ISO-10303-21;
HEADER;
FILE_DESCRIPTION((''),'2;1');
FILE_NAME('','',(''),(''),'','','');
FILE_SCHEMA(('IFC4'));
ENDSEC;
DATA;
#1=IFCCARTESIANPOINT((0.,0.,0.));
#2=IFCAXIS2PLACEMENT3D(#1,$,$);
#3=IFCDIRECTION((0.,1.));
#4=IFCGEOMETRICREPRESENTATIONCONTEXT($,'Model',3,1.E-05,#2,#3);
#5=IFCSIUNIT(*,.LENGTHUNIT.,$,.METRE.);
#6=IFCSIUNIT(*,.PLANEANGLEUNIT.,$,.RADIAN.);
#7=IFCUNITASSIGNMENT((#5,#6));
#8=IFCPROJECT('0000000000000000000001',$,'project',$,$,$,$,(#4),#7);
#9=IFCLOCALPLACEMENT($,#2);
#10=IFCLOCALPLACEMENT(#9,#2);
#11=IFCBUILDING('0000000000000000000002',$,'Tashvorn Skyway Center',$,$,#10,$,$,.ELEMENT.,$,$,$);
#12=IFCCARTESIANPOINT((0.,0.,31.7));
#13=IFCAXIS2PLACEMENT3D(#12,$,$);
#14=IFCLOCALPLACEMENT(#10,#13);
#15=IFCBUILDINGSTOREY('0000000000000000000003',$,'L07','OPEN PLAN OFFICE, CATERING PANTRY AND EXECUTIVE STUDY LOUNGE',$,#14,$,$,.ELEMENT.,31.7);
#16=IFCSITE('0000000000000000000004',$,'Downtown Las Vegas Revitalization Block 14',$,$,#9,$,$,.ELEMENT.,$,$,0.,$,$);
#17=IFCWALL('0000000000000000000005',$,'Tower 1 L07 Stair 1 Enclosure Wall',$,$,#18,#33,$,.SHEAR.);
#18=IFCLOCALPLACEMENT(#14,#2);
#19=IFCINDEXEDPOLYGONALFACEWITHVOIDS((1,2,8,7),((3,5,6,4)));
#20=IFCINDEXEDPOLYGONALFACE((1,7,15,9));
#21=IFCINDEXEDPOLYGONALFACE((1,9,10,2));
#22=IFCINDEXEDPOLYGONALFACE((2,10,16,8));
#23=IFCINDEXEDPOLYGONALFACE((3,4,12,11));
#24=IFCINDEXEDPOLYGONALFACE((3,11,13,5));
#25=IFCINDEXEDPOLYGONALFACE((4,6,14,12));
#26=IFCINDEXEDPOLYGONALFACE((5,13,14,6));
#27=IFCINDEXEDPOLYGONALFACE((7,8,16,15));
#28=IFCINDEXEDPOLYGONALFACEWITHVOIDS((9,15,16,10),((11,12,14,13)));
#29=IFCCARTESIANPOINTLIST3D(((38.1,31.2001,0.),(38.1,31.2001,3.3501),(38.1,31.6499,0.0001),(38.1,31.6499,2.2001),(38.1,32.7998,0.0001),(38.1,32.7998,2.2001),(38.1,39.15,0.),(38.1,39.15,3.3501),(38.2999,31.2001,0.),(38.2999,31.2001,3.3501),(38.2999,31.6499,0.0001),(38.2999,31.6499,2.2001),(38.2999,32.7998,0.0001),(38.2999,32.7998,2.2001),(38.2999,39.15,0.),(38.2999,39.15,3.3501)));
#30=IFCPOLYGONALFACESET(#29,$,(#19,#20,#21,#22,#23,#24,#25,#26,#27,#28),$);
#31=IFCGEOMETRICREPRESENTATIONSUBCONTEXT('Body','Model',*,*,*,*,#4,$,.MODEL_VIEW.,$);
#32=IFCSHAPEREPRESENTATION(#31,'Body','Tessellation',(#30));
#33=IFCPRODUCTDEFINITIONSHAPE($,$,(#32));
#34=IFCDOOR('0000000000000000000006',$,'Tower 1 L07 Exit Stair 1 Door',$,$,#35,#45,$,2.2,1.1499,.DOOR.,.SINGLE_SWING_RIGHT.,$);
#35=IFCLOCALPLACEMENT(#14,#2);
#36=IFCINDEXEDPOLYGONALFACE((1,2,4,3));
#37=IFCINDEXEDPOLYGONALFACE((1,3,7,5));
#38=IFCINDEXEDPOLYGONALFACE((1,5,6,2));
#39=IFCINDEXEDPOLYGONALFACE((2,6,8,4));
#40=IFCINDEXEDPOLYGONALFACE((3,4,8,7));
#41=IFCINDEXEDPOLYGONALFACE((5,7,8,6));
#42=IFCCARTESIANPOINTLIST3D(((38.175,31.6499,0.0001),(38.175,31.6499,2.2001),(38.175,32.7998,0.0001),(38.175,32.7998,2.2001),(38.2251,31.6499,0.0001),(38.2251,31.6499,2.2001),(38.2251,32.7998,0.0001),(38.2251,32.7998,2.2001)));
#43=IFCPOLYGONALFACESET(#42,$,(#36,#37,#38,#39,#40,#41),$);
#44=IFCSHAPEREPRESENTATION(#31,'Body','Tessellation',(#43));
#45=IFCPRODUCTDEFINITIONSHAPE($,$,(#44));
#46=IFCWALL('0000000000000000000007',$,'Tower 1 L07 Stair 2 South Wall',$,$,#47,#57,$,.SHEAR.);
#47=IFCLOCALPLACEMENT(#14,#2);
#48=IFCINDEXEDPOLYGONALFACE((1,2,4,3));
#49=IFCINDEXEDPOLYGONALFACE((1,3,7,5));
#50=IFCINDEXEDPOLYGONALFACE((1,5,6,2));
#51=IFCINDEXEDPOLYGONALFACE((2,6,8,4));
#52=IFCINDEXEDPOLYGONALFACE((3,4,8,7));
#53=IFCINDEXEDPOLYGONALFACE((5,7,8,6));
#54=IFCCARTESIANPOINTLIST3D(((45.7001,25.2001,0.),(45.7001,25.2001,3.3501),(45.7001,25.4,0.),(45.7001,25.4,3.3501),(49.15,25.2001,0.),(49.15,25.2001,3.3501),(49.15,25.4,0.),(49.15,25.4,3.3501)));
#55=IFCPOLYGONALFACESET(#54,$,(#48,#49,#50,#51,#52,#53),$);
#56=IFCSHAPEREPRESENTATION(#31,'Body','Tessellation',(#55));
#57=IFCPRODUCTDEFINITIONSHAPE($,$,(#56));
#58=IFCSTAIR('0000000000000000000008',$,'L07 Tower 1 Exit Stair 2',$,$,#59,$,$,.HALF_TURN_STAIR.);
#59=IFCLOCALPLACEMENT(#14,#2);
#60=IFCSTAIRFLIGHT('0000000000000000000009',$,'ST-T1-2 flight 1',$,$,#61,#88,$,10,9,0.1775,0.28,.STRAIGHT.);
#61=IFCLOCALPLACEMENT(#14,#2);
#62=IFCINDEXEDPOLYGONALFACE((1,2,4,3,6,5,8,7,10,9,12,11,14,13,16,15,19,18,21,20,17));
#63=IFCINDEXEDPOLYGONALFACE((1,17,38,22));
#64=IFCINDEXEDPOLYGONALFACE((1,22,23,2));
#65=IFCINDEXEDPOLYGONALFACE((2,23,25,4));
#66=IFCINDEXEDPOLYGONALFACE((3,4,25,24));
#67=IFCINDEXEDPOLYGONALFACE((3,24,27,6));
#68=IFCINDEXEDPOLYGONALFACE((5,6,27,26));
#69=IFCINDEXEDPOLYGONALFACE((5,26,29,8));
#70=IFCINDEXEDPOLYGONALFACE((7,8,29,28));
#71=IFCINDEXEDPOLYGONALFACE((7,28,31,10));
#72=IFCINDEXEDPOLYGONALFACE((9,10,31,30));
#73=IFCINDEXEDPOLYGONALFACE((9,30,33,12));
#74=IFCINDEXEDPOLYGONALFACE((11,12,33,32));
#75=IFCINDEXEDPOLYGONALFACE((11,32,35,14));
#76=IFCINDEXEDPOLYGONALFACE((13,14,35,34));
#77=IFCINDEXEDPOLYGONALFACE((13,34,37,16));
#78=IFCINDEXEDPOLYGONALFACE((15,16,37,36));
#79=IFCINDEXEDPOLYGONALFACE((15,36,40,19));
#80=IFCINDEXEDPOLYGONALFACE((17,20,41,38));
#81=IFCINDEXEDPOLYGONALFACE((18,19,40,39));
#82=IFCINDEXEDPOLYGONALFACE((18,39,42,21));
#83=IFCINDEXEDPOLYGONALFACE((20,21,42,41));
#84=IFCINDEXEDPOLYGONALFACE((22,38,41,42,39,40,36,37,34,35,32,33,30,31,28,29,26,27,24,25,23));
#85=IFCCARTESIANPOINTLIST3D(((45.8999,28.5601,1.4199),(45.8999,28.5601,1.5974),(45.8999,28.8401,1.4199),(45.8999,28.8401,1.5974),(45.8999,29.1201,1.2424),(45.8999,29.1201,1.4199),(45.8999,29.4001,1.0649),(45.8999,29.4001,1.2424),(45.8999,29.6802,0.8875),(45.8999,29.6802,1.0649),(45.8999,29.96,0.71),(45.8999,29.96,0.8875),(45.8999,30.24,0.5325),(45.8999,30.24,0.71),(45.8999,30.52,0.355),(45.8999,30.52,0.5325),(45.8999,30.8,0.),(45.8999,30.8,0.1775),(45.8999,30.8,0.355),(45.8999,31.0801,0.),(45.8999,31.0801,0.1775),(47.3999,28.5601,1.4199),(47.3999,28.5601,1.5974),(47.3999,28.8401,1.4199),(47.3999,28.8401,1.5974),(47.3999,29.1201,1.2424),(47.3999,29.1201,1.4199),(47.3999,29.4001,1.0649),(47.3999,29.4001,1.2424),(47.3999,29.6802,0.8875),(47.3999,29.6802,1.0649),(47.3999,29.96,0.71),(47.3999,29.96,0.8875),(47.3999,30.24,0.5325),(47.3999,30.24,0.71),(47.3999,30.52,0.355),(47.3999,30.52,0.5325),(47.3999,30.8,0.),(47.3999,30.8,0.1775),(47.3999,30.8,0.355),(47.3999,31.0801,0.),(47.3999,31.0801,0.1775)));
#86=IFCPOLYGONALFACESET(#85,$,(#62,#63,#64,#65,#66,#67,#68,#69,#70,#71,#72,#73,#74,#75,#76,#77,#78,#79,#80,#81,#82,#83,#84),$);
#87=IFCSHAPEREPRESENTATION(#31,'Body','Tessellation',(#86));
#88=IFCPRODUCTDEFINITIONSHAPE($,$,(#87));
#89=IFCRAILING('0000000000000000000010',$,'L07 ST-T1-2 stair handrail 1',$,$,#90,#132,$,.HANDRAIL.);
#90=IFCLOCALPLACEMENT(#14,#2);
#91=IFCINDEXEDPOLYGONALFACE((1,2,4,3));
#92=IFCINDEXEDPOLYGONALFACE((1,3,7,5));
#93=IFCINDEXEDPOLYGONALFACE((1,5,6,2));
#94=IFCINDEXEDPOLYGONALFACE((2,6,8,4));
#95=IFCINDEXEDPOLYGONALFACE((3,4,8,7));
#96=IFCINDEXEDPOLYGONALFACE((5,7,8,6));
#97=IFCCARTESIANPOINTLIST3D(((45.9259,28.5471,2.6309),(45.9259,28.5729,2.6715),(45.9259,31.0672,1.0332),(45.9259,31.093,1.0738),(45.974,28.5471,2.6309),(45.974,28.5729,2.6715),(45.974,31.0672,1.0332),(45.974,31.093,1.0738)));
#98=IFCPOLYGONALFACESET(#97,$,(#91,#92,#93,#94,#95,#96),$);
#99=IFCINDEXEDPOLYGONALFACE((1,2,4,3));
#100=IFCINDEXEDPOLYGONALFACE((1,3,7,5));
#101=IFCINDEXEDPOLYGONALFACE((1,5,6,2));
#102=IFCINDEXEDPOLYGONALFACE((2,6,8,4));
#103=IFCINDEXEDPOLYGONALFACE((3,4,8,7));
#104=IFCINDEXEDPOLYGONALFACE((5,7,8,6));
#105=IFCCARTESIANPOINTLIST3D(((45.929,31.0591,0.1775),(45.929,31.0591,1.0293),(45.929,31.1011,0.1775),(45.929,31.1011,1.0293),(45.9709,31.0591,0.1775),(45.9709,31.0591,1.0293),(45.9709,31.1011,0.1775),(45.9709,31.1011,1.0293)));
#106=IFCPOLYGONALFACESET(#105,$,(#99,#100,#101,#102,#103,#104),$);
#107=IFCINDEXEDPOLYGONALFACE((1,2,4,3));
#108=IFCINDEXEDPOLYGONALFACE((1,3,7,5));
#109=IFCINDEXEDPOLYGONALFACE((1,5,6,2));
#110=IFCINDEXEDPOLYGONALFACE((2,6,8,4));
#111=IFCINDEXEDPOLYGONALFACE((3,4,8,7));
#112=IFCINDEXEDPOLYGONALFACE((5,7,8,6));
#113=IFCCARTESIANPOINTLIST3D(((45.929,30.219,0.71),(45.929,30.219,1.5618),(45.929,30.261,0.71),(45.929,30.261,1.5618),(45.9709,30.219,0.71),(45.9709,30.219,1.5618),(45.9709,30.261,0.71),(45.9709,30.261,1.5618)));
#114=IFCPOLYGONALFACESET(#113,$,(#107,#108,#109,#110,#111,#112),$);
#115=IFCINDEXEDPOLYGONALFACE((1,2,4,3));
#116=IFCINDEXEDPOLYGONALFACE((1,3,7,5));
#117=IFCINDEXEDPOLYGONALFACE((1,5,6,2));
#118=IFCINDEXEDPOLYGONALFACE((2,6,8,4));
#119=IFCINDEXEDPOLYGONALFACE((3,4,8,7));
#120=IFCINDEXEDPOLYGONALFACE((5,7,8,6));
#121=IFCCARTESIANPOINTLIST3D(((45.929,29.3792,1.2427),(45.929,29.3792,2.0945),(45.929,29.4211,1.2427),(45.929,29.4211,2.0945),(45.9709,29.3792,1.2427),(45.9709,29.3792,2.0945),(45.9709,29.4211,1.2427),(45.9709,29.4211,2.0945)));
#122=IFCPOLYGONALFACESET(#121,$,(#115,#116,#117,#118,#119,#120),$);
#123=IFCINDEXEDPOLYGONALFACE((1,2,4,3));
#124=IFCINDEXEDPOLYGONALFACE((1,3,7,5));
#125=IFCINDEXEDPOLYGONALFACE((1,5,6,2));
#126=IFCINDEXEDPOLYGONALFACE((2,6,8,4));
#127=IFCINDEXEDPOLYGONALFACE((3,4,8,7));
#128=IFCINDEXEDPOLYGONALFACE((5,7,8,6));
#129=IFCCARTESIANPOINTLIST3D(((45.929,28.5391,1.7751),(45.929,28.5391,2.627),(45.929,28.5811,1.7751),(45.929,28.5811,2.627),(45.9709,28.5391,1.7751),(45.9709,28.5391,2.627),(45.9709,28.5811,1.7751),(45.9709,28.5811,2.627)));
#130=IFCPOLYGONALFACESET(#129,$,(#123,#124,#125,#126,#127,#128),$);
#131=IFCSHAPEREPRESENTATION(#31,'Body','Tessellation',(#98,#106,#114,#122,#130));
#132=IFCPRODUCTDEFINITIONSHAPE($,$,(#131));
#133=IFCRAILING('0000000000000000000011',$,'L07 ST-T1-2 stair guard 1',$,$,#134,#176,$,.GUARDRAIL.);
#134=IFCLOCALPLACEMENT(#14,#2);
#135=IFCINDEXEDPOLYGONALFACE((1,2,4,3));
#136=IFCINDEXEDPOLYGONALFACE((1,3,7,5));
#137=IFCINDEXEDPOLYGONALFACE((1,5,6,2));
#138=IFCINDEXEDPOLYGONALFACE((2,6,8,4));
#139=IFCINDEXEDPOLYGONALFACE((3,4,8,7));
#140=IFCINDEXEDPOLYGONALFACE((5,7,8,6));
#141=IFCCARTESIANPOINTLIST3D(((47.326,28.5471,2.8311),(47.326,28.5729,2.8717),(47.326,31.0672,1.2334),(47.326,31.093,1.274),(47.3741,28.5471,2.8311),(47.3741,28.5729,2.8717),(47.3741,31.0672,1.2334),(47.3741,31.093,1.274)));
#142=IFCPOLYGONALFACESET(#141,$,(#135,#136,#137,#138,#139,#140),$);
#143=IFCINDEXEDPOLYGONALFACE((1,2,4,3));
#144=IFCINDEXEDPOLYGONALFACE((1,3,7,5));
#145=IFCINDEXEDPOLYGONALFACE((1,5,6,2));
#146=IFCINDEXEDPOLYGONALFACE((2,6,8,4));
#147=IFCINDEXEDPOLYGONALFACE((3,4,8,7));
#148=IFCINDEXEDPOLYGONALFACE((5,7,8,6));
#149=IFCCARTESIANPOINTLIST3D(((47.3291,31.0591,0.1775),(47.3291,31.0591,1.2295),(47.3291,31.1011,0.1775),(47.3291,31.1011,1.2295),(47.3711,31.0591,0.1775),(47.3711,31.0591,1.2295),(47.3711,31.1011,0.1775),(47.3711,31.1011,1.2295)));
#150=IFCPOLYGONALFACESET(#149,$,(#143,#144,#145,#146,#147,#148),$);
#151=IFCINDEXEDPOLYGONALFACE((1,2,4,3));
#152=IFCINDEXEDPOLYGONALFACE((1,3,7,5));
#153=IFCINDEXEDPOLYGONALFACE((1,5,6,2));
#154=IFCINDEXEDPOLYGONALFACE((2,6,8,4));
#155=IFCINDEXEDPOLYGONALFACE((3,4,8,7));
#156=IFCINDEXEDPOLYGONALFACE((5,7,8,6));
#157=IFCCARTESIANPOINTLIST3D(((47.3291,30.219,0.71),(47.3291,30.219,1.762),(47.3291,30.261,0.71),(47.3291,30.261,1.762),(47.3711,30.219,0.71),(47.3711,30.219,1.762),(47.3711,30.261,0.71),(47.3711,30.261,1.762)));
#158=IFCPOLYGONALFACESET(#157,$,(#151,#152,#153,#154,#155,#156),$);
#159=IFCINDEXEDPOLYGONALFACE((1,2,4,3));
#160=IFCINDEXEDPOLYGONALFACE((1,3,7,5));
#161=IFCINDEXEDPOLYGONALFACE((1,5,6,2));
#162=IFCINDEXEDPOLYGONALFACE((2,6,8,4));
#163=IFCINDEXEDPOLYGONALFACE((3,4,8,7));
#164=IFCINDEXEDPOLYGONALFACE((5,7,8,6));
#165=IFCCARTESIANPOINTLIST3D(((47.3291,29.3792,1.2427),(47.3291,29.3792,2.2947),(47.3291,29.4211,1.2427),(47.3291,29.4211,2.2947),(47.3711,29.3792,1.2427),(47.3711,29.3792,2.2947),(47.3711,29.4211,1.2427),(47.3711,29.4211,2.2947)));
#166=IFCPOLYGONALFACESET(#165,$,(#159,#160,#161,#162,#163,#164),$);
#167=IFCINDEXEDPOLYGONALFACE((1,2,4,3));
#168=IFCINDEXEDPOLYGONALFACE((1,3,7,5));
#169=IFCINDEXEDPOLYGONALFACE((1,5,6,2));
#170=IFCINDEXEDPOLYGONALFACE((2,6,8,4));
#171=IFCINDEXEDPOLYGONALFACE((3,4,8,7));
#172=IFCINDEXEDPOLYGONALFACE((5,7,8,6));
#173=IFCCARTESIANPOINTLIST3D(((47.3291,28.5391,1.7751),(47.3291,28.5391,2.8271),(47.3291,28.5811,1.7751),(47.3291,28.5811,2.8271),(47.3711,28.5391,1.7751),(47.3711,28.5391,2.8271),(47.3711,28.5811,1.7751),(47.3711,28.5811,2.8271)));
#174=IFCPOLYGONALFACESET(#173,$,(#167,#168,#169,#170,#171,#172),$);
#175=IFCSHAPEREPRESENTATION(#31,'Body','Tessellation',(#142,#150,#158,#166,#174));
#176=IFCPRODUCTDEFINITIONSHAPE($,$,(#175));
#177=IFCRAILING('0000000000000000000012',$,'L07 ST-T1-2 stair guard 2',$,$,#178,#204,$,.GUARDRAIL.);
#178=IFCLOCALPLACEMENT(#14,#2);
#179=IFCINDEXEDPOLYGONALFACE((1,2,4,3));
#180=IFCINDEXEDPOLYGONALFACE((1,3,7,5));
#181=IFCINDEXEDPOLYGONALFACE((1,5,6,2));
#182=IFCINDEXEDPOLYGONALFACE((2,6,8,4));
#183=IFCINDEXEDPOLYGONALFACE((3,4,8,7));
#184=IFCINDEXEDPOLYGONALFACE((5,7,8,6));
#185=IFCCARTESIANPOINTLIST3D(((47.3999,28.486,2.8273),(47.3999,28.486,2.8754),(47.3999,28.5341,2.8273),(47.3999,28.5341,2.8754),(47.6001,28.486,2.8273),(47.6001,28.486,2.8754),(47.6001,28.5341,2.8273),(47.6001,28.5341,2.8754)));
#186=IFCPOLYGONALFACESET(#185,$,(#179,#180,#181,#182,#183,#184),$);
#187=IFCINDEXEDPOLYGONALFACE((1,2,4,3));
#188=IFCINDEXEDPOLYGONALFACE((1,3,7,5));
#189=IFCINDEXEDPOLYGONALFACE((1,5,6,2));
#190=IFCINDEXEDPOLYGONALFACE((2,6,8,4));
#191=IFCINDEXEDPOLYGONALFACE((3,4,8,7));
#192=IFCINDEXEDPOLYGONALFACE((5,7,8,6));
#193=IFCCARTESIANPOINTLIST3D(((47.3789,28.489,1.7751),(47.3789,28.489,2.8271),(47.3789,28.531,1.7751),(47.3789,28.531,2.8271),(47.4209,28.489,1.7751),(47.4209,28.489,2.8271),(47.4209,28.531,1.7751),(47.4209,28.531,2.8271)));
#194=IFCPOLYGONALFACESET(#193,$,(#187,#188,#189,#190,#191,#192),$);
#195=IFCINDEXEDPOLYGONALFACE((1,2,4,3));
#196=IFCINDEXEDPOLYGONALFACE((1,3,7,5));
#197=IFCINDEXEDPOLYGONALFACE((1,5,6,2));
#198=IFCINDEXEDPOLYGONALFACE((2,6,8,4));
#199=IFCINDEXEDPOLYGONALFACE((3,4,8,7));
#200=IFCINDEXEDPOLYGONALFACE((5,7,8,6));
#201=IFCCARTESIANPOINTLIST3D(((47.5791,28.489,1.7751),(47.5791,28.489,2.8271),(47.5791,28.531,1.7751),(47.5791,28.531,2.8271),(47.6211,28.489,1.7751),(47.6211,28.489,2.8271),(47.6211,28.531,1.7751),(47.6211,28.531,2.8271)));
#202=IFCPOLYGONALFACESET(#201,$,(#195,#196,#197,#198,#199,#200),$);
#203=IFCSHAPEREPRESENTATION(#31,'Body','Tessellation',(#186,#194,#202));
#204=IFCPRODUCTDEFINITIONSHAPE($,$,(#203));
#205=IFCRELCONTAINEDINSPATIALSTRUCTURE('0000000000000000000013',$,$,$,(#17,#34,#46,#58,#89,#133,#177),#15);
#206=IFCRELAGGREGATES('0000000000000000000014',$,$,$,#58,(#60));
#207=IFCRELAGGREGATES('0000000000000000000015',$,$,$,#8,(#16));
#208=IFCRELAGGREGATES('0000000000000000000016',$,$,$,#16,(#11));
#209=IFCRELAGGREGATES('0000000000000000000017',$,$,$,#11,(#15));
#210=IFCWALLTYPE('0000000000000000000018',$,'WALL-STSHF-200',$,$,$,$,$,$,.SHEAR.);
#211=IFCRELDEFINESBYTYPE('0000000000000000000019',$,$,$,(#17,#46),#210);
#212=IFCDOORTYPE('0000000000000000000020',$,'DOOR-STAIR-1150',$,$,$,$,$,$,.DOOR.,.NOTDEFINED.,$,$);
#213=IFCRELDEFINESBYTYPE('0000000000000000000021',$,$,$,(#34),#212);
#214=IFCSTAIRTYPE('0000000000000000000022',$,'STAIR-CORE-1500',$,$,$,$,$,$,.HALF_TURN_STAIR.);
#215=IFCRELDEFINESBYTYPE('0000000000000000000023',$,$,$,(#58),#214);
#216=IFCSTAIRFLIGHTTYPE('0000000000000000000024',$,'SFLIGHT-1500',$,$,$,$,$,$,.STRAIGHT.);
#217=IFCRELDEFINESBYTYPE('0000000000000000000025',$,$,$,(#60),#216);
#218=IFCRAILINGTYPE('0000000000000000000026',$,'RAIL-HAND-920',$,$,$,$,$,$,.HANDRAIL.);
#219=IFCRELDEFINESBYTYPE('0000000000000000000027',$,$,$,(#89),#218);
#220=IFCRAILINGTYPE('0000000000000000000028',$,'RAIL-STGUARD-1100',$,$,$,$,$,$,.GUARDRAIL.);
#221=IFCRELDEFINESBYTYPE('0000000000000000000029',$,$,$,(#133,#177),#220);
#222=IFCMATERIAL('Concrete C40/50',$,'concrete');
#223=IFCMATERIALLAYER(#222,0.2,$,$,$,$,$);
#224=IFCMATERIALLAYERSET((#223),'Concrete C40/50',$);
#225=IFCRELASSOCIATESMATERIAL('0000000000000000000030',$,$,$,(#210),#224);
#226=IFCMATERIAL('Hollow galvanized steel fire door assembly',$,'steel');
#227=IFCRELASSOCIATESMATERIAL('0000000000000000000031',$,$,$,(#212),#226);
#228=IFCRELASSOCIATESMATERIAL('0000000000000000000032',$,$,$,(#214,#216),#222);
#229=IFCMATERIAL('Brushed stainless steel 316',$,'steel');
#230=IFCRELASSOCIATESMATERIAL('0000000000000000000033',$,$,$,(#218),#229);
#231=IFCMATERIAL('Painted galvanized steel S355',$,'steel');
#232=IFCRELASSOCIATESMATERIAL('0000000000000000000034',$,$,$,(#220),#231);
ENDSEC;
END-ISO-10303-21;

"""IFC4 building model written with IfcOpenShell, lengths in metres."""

from ifc_helpers import new_model, si_unit, direction, frame, frame_2d, origin, origin_2d, place, context, subcontext, project, spatial, polyline, rectangle, outline, extrude, material, layer, layer_set, type_object, element, fill, aggregate, save


model = new_model("IFC4")

# Units and contexts
model_context = context("Model", 3, precision=1e-05, world=origin(), true_north=direction((0.0, 1.0)))
body_context = subcontext(model_context, "Body", "Model", "MODEL_VIEW")
ifc_project = project(units=[si_unit("LENGTHUNIT", "METRE"), si_unit("PLANEANGLEUNIT", "RADIAN")], contexts=[model_context])

# Site, building, storey
site_placement = place(None, origin())
site = spatial("IfcSite", under=ifc_project, at=site_placement, Name="Downtown Las Vegas Revitalization Block 14", CompositionType="ELEMENT", RefElevation=0.0)
building_placement = place(site_placement, origin())
building = spatial("IfcBuilding", under=site, at=building_placement, Name="Tashvorn Skyway Center", CompositionType="ELEMENT")
storey_placement = place(building_placement, frame((0.0, 0.0, 31.7)))
storey = spatial("IfcBuildingStorey", under=building, at=storey_placement, Name="L07", Description="OPEN PLAN OFFICE, CATERING PANTRY AND EXECUTIVE STUDY LOUNGE", CompositionType="ELEMENT", Elevation=31.7)

# Shared definitions
ifc_material_1 = material(Name="Concrete C40/50", Category="concrete")
ifc_material_2 = material(Name="Hollow galvanized steel fire door assembly", Category="steel")

# Wall, opening, door
ifc_layer_1 = layer(ifc_material_1, 0.2)
ifc_layer_set_1 = layer_set([ifc_layer_1], Name="Concrete C40/50")
wall_type_1 = type_object("IfcWallType", Name="WALL-STSHF-200", PredefinedType="SHEAR", material=ifc_layer_set_1)
wall_1_placement = place(storey_placement, frame((38.2, 31.2, 0.0), z_axis=(0.0, 0.0, 1.0), x_axis=(0.0, 1.0, 0.0)))
wall_1 = element("IfcWall", 1, at=wall_1_placement, inside=storey, type_object=wall_type_1, Name="Tower 1 L07 Stair 1 Enclosure Wall", PredefinedType="SHEAR", context=body_context, shape_type="SweptSolid", body=[
    extrude(rectangle(XDim=7.95, YDim=0.2, at=frame_2d((3.9751, 0.0))), origin(), (0.0, 0.0, 1.0), 3.3501),
])
opening_1_placement = place(wall_1_placement, frame((0.45, 0.0, 0.0)))
opening_1 = element("IfcOpeningElement", 2, at=opening_1_placement, cuts=wall_1, PredefinedType="OPENING", context=body_context, shape_type="SweptSolid", body=[
    extrude(rectangle(XDim=1.1499, YDim=2.2, at=frame_2d((0.575, 1.1001))), frame((0.0, 0.1099, 0.0), z_axis=(0.0, -1.0, 0.0), x_axis=(1.0, 0.0, 0.0)), (0.0, 0.0, 1.0), 0.22),
])
door_type_1 = type_object("IfcDoorType", Name="DOOR-STAIR-1150", OperationType="NOTDEFINED", PredefinedType="DOOR", material=ifc_material_2)
door_1_placement = place(opening_1_placement, origin())
door_1 = element("IfcDoor", 3, at=door_1_placement, inside=storey, type_object=door_type_1, Name="Tower 1 L07 Exit Stair 1 Door", OperationType="SINGLE_SWING_RIGHT", OverallHeight=2.2, OverallWidth=1.1499, PredefinedType="DOOR", context=body_context, shape_type="SweptSolid", body=[
    extrude(rectangle(XDim=1.1499, YDim=2.2, at=frame_2d((0.575, 1.1001))), frame((0.0, 0.0249, 0.0), z_axis=(0.0, -1.0, 0.0), x_axis=(1.0, 0.0, 0.0)), (0.0, 0.0, 1.0), 0.05),
])
fill(opening_1, door_1)

# Wall
wall_2_placement = place(storey_placement, frame((45.7, 25.3, 0.0), z_axis=(0.0, 0.0, 1.0), x_axis=(1.0, 0.0, 0.0)))
element("IfcWall", 4, at=wall_2_placement, inside=storey, type_object=wall_type_1, Name="Tower 1 L07 Stair 2 South Wall", PredefinedType="SHEAR", context=body_context, shape_type="SweptSolid", body=[
    extrude(rectangle(XDim=3.45, YDim=0.2, at=frame_2d((1.7251, 0.0))), origin(), (0.0, 0.0, 1.0), 3.3501),
])

# Stair, stair flight
stair_type = type_object("IfcStairType", Name="STAIR-CORE-1500", PredefinedType="HALF_TURN_STAIR", material=ifc_material_1)
stair_placement = place(storey_placement, origin())
stair = element("IfcStair", 5, at=stair_placement, inside=storey, type_object=stair_type, Name="L07 Tower 1 Exit Stair 2", PredefinedType="HALF_TURN_STAIR")
stair_flight_type = type_object("IfcStairFlightType", Name="SFLIGHT-1500", PredefinedType="STRAIGHT", material=ifc_material_1)
stair_flight_placement = place(storey_placement, frame((46.6499, 31.0801, 0.0), z_axis=(0.0, 0.0, 1.0), x_axis=(0.0, -1.0, 0.0)))
stair_flight = element("IfcStairFlight", 6, at=stair_flight_placement, type_object=stair_flight_type, Name="ST-T1-2 flight 1", NumberOfRisers=10, NumberOfTreads=9, PredefinedType="STRAIGHT", RiserHeight=0.1775, TreadLength=0.28, context=body_context, shape_type="SweptSolid", body=[
    extrude(outline(polyline([(0.0, 0.0), (0.0, 0.1775), (0.28, 0.1775), (0.28, 0.355), (0.5601, 0.355), (0.5601, 0.5325), (0.8401, 0.5325), (0.8401, 0.71), (1.1201, 0.71), (1.1201, 0.8875), (1.3999, 0.8875), (1.3999, 1.0649), (1.6799, 1.0649), (1.6799, 1.2424), (1.96, 1.2424), (1.96, 1.4199), (2.24, 1.4199), (2.24, 1.5974), (2.52, 1.5974), (2.52, 1.7749), (2.52, 1.4199), (0.28, 0.0), (0.0, 0.0)])), frame((0.0, 0.75, 0.0), z_axis=(0.0, -1.0, 0.0), x_axis=(1.0, 0.0, 0.0)), (0.0, 0.0, 1.0), 1.5),
])
aggregate(stair, [stair_flight])

# Railings
ifc_material_3 = material(Name="Brushed stainless steel 316", Category="steel")
railing_type_1 = type_object("IfcRailingType", Name="RAIL-HAND-920", PredefinedType="HANDRAIL", material=ifc_material_3)
railing_1_placement = place(storey_placement, frame((45.95, 31.0801, 0.1775)))
element("IfcRailing", 7, at=railing_1_placement, inside=storey, type_object=railing_type_1, Name="L07 ST-T1-2 stair handrail 1", PredefinedType="HANDRAIL", context=body_context, shape_type="SweptSolid", body=[
    extrude(rectangle(XDim=0.0481, YDim=0.0481, at=origin_2d()), frame((0.0, 0.0, 0.876), z_axis=(0.0, -0.84457, 0.535445), x_axis=(1.0, 0.0, 0.0)), (0.0, 0.0, 1.0), 2.9839),
    extrude(rectangle(XDim=0.042, YDim=0.042, at=origin_2d()), origin(), (0.0, 0.0, 1.0), 0.8518),
    extrude(rectangle(XDim=0.042, YDim=0.042, at=origin_2d()), frame((0.0, -0.8401, 0.5325)), (0.0, 0.0, 1.0), 0.8518),
    extrude(rectangle(XDim=0.042, YDim=0.042, at=origin_2d()), frame((0.0, -1.6799, 1.0652)), (0.0, 0.0, 1.0), 0.8518),
    extrude(rectangle(XDim=0.042, YDim=0.042, at=origin_2d()), frame((0.0, -2.52, 1.5977)), (0.0, 0.0, 1.0), 0.8518),
])
ifc_material_4 = material(Name="Painted galvanized steel S355", Category="steel")
railing_type_2 = type_object("IfcRailingType", Name="RAIL-STGUARD-1100", PredefinedType="GUARDRAIL", material=ifc_material_4)
railing_2_placement = place(storey_placement, frame((47.3501, 31.0801, 0.1775)))
element("IfcRailing", 8, at=railing_2_placement, inside=storey, type_object=railing_type_2, Name="L07 ST-T1-2 stair guard 1", PredefinedType="GUARDRAIL", context=body_context, shape_type="SweptSolid", body=[
    extrude(rectangle(XDim=0.0481, YDim=0.0481, at=origin_2d()), frame((0.0, 0.0, 1.0762), z_axis=(0.0, -0.84457, 0.535445), x_axis=(1.0, 0.0, 0.0)), (0.0, 0.0, 1.0), 2.9839),
    extrude(rectangle(XDim=0.042, YDim=0.042, at=origin_2d()), origin(), (0.0, 0.0, 1.0), 1.052),
    extrude(rectangle(XDim=0.042, YDim=0.042, at=origin_2d()), frame((0.0, -0.8401, 0.5325)), (0.0, 0.0, 1.0), 1.052),
    extrude(rectangle(XDim=0.042, YDim=0.042, at=origin_2d()), frame((0.0, -1.6799, 1.0652)), (0.0, 0.0, 1.0), 1.052),
    extrude(rectangle(XDim=0.042, YDim=0.042, at=origin_2d()), frame((0.0, -2.52, 1.5977)), (0.0, 0.0, 1.0), 1.052),
])
railing_3_placement = place(storey_placement, frame((47.3999, 28.51, 1.7751)))
element("IfcRailing", 9, at=railing_3_placement, inside=storey, type_object=railing_type_2, Name="L07 ST-T1-2 stair guard 2", PredefinedType="GUARDRAIL", context=body_context, shape_type="SweptSolid", body=[
    extrude(rectangle(XDim=0.0481, YDim=0.0481, at=origin_2d()), frame((0.0, 0.0, 1.0762), z_axis=(1.0, 0.0, 0.0), x_axis=(0.0, 1.0, 0.0)), (0.0, 0.0, 1.0), 0.2002),
    extrude(rectangle(XDim=0.042, YDim=0.042, at=origin_2d()), origin(), (0.0, 0.0, 1.0), 1.052),
    extrude(rectangle(XDim=0.042, YDim=0.042, at=origin_2d()), frame((0.2002, 0.0, 0.0)), (0.0, 0.0, 1.0), 1.052),
])

save(model, "model.ifc")
